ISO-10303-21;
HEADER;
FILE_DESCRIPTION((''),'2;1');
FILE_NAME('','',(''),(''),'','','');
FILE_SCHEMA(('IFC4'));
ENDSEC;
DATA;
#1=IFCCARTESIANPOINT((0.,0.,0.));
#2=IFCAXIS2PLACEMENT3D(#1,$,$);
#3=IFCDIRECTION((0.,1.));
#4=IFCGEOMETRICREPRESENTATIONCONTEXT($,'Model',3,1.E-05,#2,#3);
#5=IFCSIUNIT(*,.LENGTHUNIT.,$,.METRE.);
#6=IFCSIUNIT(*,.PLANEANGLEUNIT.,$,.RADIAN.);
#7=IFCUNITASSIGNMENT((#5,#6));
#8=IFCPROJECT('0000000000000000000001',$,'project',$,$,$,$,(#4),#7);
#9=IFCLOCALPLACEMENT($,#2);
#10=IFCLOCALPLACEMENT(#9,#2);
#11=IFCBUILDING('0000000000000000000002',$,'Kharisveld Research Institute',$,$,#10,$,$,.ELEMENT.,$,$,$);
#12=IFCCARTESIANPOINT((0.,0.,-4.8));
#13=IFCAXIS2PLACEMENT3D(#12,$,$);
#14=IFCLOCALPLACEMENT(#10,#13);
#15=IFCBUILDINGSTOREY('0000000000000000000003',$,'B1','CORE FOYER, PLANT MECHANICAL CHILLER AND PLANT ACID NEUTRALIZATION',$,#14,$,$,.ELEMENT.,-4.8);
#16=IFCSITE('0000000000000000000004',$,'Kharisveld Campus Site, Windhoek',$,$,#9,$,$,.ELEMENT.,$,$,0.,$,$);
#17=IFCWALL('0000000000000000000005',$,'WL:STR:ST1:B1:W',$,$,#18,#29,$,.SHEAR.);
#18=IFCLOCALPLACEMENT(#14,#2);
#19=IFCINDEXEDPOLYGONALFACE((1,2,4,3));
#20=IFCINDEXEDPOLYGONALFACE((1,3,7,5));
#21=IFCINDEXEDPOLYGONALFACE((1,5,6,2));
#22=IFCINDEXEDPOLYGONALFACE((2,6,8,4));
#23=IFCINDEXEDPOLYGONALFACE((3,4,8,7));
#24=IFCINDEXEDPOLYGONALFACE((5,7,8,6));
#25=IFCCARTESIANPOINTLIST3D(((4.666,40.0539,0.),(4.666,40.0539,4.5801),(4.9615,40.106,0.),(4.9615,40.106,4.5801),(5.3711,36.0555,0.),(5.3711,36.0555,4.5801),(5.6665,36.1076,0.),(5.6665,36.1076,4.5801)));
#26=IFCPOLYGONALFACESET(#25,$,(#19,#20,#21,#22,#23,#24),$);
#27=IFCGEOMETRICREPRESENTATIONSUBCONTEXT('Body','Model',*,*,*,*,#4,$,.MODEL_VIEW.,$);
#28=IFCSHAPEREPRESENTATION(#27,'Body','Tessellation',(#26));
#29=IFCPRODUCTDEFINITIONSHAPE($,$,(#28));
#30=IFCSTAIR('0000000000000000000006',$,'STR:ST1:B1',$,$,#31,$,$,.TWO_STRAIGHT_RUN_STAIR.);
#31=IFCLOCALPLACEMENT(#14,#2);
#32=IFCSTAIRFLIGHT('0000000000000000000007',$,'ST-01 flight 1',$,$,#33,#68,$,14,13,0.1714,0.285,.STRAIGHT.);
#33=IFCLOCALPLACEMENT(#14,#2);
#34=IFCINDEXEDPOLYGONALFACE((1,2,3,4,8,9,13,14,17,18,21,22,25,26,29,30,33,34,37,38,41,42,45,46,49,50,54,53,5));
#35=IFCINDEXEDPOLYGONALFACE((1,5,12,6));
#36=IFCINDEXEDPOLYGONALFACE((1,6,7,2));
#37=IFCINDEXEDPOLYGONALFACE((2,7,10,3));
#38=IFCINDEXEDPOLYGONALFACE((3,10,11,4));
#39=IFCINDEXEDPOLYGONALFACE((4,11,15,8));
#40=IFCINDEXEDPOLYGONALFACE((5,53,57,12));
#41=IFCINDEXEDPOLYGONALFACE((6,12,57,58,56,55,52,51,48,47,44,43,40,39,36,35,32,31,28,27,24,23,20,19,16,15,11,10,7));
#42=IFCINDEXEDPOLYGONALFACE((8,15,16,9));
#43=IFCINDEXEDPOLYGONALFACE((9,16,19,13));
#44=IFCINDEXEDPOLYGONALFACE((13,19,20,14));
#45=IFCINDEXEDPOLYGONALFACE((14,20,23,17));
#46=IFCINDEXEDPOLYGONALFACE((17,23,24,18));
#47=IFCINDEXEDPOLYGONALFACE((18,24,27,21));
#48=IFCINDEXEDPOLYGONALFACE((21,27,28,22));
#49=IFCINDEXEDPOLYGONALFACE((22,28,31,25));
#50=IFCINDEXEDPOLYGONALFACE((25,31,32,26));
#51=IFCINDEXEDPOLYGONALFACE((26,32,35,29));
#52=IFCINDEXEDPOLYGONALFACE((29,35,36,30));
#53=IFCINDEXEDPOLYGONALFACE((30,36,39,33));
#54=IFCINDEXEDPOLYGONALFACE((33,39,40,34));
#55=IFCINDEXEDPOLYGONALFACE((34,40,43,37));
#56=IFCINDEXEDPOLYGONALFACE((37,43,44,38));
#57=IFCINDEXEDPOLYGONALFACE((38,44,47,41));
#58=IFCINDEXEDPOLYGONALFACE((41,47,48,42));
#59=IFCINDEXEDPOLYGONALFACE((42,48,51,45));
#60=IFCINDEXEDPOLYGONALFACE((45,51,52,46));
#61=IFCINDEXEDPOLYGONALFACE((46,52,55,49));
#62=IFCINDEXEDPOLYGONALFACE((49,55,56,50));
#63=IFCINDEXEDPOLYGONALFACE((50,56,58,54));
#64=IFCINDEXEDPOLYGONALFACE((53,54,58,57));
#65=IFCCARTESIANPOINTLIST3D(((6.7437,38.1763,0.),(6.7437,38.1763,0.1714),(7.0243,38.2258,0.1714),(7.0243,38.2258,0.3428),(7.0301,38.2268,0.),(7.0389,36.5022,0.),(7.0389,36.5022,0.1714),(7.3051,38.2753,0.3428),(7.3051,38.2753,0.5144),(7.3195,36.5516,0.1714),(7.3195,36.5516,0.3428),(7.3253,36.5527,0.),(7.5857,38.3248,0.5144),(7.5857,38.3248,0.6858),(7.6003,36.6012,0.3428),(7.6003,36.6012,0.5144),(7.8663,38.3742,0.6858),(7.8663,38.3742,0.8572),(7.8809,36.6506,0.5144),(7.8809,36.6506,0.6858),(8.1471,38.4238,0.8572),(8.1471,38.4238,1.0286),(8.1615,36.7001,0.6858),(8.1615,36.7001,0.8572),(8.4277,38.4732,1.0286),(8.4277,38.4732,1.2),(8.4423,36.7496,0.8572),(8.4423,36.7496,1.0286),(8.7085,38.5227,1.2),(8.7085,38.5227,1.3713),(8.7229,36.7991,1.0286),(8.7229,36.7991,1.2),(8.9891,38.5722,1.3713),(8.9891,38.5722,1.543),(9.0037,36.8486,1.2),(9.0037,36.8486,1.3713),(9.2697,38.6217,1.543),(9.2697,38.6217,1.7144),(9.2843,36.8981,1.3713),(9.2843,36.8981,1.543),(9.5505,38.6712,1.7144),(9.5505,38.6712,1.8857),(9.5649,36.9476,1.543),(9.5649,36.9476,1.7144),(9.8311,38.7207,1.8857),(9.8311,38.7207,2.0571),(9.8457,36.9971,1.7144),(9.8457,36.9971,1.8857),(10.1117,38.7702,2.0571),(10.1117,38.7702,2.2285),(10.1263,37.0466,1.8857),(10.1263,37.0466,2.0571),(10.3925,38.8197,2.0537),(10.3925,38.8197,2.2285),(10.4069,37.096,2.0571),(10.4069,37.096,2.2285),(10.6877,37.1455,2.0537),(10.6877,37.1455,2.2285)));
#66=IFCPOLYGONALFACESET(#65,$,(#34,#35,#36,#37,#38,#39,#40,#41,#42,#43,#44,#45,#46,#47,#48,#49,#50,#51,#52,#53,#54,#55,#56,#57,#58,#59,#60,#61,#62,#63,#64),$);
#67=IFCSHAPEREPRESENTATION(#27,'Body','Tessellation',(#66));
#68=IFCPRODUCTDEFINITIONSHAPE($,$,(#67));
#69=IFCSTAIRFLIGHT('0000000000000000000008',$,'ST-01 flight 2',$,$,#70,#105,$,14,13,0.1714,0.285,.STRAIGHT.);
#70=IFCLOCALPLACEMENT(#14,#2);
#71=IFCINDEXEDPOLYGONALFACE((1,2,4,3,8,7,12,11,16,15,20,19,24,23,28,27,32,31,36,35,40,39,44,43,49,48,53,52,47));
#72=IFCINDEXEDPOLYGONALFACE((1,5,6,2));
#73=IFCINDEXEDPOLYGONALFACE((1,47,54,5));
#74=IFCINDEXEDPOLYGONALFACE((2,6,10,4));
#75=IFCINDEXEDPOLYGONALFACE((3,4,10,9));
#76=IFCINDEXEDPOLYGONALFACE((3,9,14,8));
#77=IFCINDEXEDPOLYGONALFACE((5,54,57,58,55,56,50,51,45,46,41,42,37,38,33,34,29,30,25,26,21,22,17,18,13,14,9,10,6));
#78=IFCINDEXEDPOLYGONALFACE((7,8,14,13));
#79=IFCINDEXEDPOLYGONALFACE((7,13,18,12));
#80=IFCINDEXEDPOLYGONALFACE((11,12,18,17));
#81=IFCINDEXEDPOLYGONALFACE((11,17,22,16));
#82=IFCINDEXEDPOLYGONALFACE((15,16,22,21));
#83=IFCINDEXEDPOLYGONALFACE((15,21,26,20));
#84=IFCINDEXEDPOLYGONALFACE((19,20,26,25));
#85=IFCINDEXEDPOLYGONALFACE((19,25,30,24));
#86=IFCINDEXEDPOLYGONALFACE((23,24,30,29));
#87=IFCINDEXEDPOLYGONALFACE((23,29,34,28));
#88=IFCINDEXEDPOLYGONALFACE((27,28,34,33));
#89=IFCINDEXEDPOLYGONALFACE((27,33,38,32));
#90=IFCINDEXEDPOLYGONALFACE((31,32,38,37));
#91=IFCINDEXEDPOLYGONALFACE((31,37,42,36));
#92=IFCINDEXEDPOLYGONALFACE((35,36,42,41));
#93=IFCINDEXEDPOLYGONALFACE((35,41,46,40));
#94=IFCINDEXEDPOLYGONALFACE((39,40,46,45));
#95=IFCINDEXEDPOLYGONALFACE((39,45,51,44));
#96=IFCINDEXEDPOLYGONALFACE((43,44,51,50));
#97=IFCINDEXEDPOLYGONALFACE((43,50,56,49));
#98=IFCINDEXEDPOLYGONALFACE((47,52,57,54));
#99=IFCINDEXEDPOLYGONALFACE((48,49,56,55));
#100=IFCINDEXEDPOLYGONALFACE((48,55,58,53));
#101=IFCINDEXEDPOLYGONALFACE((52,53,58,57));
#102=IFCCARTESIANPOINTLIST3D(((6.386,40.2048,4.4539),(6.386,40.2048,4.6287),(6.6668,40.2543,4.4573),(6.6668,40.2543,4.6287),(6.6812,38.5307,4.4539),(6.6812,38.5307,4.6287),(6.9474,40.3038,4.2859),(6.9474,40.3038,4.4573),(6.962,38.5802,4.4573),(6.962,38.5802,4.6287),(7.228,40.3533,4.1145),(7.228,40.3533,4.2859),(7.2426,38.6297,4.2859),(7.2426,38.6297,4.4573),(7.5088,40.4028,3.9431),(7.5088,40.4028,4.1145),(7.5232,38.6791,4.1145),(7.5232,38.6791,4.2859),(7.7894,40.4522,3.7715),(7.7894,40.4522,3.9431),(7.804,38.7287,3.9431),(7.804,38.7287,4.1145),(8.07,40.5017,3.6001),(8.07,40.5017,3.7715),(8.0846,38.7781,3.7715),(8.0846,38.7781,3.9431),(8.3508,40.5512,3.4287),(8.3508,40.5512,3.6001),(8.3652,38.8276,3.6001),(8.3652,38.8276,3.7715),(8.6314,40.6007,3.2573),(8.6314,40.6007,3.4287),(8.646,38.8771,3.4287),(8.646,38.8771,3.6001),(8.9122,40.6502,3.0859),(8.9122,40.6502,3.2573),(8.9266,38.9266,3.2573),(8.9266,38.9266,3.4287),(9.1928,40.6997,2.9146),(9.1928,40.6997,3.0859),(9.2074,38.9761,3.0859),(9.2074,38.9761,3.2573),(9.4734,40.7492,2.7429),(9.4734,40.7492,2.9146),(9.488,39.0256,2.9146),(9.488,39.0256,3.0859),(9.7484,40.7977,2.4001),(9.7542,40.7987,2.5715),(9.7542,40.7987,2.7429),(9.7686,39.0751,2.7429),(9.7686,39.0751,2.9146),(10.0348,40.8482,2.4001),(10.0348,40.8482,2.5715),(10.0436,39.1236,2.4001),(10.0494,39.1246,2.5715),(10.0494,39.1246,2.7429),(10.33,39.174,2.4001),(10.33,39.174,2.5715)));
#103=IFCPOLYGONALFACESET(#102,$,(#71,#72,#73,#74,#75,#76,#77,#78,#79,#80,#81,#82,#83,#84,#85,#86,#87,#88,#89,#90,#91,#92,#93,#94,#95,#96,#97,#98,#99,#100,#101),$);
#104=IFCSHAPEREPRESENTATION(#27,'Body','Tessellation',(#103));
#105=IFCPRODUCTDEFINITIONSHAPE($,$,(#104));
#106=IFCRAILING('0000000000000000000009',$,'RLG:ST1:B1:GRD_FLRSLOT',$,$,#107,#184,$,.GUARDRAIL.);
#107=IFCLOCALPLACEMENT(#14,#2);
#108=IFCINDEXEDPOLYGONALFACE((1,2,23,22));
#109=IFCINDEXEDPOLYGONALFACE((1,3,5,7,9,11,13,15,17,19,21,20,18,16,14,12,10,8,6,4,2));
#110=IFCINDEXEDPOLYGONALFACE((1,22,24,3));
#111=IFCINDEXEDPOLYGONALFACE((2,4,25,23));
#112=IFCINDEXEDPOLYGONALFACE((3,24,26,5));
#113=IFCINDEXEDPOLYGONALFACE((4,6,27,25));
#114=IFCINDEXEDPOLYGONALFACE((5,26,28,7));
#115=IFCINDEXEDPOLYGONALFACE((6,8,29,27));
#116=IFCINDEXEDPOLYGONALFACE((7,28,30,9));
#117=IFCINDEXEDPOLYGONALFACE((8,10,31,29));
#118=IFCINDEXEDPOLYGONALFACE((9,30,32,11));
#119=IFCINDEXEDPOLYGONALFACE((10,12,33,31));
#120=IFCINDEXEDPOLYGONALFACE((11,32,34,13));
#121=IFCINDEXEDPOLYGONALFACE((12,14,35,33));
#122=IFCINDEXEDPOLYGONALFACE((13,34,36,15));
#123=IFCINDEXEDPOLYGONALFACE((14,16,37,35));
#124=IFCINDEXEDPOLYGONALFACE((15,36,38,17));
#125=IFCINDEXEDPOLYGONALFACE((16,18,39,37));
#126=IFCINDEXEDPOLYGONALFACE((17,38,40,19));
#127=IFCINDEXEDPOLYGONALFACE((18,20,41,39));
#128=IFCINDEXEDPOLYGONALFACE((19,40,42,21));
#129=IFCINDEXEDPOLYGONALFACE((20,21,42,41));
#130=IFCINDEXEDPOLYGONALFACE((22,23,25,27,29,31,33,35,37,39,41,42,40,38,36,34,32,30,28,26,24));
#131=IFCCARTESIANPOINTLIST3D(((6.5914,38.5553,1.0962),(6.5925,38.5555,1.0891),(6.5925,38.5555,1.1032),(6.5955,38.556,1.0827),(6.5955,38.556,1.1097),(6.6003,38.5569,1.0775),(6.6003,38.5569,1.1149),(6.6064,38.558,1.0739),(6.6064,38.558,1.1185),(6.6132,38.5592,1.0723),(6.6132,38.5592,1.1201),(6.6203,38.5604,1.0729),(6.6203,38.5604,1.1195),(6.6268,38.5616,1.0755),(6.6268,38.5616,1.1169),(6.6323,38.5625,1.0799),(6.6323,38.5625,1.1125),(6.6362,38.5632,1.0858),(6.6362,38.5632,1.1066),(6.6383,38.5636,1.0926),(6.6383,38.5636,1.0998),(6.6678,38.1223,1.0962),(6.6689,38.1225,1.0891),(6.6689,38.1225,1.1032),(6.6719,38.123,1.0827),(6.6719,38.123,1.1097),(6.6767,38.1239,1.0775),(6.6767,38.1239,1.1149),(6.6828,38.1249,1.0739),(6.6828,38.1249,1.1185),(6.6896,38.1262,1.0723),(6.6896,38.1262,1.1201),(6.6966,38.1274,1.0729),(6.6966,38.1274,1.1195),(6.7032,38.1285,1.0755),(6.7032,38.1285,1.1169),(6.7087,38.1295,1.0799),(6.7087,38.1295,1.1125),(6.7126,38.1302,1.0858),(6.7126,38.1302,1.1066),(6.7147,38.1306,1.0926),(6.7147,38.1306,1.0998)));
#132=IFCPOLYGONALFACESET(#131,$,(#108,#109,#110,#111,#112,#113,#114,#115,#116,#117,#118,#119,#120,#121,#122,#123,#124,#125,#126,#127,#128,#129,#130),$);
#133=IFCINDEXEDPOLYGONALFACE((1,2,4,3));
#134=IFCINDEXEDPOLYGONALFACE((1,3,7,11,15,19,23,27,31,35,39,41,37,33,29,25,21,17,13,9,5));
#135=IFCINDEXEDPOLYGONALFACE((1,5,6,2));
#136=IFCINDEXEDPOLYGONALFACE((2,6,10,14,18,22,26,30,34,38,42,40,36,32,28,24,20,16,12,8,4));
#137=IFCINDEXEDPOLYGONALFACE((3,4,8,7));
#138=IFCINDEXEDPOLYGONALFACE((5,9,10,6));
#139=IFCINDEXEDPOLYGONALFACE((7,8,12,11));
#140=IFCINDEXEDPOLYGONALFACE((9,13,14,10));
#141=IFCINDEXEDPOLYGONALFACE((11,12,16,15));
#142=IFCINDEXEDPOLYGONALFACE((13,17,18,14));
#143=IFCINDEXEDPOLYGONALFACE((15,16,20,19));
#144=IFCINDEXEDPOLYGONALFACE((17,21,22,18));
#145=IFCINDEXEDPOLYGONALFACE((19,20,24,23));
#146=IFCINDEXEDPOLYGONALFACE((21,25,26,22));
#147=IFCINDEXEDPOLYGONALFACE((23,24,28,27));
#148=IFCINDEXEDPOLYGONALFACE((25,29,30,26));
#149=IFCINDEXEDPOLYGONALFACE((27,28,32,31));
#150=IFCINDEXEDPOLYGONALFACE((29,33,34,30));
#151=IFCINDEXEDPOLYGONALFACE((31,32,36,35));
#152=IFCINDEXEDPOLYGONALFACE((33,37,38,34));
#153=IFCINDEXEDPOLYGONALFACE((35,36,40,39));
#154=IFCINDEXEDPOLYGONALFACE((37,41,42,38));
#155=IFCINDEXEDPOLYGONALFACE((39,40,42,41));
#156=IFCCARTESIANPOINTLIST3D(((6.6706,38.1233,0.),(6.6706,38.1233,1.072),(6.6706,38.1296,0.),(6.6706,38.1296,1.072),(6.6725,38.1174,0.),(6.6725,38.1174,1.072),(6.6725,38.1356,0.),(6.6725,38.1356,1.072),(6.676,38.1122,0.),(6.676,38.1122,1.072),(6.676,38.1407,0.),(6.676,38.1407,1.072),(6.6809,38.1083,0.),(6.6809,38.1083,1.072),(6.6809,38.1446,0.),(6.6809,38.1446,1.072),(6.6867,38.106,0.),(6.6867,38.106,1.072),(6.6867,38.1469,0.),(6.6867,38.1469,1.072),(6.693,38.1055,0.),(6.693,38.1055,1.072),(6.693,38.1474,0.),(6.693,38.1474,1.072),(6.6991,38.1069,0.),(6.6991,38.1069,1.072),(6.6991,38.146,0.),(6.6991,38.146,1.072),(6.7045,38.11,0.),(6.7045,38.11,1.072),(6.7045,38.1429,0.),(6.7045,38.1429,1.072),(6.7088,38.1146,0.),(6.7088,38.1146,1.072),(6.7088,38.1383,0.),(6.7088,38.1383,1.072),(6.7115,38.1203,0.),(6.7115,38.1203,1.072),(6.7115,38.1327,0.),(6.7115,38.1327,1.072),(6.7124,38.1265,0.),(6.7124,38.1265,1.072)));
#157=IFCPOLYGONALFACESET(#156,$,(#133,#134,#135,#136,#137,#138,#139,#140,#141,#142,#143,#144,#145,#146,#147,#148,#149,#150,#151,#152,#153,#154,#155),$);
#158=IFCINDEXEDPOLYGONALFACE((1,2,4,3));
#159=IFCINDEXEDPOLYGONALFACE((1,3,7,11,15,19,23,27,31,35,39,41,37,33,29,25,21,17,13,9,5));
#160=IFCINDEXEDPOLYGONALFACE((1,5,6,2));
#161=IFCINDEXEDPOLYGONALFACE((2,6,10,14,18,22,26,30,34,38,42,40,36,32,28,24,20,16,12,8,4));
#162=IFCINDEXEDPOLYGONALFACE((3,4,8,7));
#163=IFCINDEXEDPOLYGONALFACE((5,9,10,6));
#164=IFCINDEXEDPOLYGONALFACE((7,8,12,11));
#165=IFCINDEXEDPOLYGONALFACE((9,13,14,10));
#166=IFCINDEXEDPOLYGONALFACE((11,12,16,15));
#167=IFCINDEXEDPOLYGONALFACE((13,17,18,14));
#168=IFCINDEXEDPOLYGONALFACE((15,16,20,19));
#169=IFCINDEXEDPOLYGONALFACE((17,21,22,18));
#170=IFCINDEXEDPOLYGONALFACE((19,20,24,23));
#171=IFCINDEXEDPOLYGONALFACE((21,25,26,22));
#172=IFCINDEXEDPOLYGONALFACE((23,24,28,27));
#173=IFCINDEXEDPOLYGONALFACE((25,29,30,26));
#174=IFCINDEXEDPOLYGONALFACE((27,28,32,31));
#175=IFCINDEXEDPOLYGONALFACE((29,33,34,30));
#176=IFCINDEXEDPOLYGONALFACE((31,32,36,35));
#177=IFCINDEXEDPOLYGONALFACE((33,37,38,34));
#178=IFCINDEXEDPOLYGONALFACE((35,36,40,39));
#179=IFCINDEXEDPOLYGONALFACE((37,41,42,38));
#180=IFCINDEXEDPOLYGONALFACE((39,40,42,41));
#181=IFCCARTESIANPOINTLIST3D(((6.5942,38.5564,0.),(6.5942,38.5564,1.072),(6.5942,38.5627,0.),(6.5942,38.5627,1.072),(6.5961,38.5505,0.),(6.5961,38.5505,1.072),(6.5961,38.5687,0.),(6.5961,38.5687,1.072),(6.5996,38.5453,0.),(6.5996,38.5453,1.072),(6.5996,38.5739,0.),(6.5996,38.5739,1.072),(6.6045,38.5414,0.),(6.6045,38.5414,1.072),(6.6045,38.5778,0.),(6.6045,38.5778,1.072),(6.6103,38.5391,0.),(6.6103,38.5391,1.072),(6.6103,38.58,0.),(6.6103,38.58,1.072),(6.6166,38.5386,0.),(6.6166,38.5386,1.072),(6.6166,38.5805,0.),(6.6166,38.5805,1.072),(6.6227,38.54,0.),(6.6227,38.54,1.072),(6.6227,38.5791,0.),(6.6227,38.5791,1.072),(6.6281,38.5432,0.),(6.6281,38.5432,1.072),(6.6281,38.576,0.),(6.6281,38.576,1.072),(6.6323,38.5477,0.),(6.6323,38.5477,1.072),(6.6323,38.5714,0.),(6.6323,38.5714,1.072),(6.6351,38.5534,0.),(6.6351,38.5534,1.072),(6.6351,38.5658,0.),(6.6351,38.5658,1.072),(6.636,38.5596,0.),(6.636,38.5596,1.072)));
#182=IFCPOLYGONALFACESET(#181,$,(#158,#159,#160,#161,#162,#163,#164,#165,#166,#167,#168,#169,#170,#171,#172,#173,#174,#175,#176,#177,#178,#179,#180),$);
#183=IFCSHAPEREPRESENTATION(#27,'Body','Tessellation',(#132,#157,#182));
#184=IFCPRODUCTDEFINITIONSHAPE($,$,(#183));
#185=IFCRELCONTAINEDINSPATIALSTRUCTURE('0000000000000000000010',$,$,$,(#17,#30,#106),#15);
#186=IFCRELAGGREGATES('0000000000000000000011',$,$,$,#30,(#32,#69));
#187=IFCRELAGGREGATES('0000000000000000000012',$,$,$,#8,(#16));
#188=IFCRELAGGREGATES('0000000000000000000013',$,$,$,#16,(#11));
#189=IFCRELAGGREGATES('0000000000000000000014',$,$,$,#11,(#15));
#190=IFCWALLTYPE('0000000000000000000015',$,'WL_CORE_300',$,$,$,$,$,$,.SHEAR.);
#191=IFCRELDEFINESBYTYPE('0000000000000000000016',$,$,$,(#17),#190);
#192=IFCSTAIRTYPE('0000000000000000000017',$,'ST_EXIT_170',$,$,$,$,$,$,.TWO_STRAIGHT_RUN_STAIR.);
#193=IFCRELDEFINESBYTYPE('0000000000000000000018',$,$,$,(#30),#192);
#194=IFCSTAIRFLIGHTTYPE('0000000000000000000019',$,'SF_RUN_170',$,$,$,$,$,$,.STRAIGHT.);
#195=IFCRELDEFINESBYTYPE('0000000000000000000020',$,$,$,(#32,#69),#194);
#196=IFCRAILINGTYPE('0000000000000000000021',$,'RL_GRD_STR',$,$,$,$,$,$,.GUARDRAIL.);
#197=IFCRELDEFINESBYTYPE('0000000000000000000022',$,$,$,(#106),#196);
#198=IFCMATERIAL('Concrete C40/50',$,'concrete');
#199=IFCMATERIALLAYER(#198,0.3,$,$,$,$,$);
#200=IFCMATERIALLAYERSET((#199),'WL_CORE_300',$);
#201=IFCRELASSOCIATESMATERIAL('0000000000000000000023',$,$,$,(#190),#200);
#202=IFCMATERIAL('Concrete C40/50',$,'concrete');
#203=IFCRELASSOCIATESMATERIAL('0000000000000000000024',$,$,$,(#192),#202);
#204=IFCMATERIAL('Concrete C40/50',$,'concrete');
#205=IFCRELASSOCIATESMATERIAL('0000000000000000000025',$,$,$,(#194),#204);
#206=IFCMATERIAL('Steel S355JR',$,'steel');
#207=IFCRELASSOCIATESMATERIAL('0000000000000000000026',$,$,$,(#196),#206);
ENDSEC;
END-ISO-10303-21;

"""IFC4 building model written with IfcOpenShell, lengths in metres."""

from ifc_helpers import new_model, si_unit, direction, frame, frame_2d, origin, origin_2d, place, context, subcontext, project, spatial, polyline, rectangle, circle, outline, extrude, material, layer, layer_set, type_object, element, aggregate, save


model = new_model("IFC4")

# Units and contexts
model_context = context("Model", 3, precision=1e-05, world=origin(), true_north=direction((0.0, 1.0)))
body_context = subcontext(model_context, "Body", "Model", "MODEL_VIEW")
ifc_project = project(units=[si_unit("LENGTHUNIT", "METRE"), si_unit("PLANEANGLEUNIT", "RADIAN")], contexts=[model_context])

# Site, building, storey
site_placement = place(None, origin())
site = spatial("IfcSite", under=ifc_project, at=site_placement, Name="Kharisveld Campus Site, Windhoek", CompositionType="ELEMENT", RefElevation=0.0)
building_placement = place(site_placement, origin())
building = spatial("IfcBuilding", under=site, at=building_placement, Name="Kharisveld Research Institute", CompositionType="ELEMENT")
storey_placement = place(building_placement, frame((0.0, 0.0, -4.8)))
storey = spatial("IfcBuildingStorey", under=building, at=storey_placement, Name="B1", Description="CORE FOYER, PLANT MECHANICAL CHILLER AND PLANT ACID NEUTRALIZATION", CompositionType="ELEMENT", Elevation=-4.8)

# Wall
ifc_material_1 = material(Name="Concrete C40/50", Category="concrete")
ifc_layer = layer(ifc_material_1, 0.3)
ifc_layer_set = layer_set([ifc_layer], Name="WL_CORE_300")
wall_type = type_object("IfcWallType", Name="WL_CORE_300", PredefinedType="SHEAR", material=ifc_layer_set)
wall_1_placement = place(storey_placement, frame((5.5188, 36.0815, 0.0), z_axis=(0.0, 0.0, 1.0), x_axis=(-0.173665, 0.984805, 0.0)))
element("IfcWall", 1, at=wall_1_placement, inside=storey, type_object=wall_type, Name="WL:STR:ST1:B1:W", PredefinedType="SHEAR", context=body_context, shape_type="SweptSolid", body=[
    extrude(rectangle(XDim=4.0601, YDim=0.3, at=frame_2d((2.03, 0.0))), origin(), (0.0, 0.0, 1.0), 4.5801),
])

# Stair, stair flights
ifc_material_2 = material(Name="Concrete C40/50", Category="concrete")
stair_type = type_object("IfcStairType", Name="ST_EXIT_170", PredefinedType="TWO_STRAIGHT_RUN_STAIR", material=ifc_material_2)
stair_placement = place(storey_placement, origin())
stair = element("IfcStair", 2, at=stair_placement, inside=storey, type_object=stair_type, Name="STR:ST1:B1", PredefinedType="TWO_STRAIGHT_RUN_STAIR")
ifc_material_3 = material(Name="Concrete C40/50", Category="concrete")
stair_flight_type = type_object("IfcStairFlightType", Name="SF_RUN_170", PredefinedType="STRAIGHT", material=ifc_material_3)
stair_flight_1_placement = place(storey_placement, frame((6.8914, 37.3391, 0.0), z_axis=(0.0, 0.0, 1.0), x_axis=(0.984808, 0.173648, 0.0)))
stair_flight_1 = element("IfcStairFlight", 3, at=stair_flight_1_placement, type_object=stair_flight_type, Name="ST-01 flight 1", NumberOfRisers=14, NumberOfTreads=13, PredefinedType="STRAIGHT", RiserHeight=0.1714, TreadLength=0.285, context=body_context, shape_type="SweptSolid", body=[
    extrude(outline(polyline([(0.0, 0.0), (0.0, 0.1714), (0.2849, 0.1714), (0.2849, 0.3428), (0.5701, 0.3428), (0.5701, 0.5144), (0.855, 0.5144), (0.855, 0.6858), (1.1399, 0.6858), (1.1399, 0.8572), (1.425, 0.8572), (1.425, 1.0286), (1.71, 1.0286), (1.71, 1.2), (1.9951, 1.2), (1.9951, 1.3713), (2.28, 1.3713), (2.28, 1.543), (2.5649, 1.543), (2.5649, 1.7144), (2.8501, 1.7144), (2.8501, 1.8857), (3.135, 1.8857), (3.135, 2.0571), (3.4199, 2.0571), (3.4199, 2.2285), (3.7051, 2.2285), (3.7051, 2.3999), (3.7051, 2.0537), (0.2908, 0.0), (0.0, 0.0)])), frame((0.0, 0.8501, 0.0), z_axis=(0.0, -1.0, 0.0), x_axis=(1.0, 0.0, 0.0)), (0.0, 0.0, 1.0), 1.7),
])
stair_flight_2_placement = place(storey_placement, frame((10.1824, 40.0112, 2.4001), z_axis=(0.0, 0.0, 1.0), x_axis=(-0.984808, -0.173648, 0.0)))
stair_flight_2 = element("IfcStairFlight", 4, at=stair_flight_2_placement, type_object=stair_flight_type, Name="ST-01 flight 2", NumberOfRisers=14, NumberOfTreads=13, PredefinedType="STRAIGHT", RiserHeight=0.1714, TreadLength=0.285, context=body_context, shape_type="SweptSolid", body=[
    extrude(outline(polyline([(0.0, 0.0), (0.0, 0.1714), (0.2849, 0.1714), (0.2849, 0.3428), (0.5701, 0.3428), (0.5701, 0.5144), (0.855, 0.5144), (0.855, 0.6858), (1.1399, 0.6858), (1.1399, 0.8572), (1.425, 0.8572), (1.425, 1.0286), (1.71, 1.0286), (1.71, 1.2), (1.9951, 1.2), (1.9951, 1.3713), (2.28, 1.3713), (2.28, 1.543), (2.5649, 1.543), (2.5649, 1.7144), (2.8501, 1.7144), (2.8501, 1.8857), (3.135, 1.8857), (3.135, 2.0571), (3.4199, 2.0571), (3.4199, 2.2285), (3.7051, 2.2285), (3.7051, 2.3999), (3.7051, 2.0537), (0.2908, 0.0), (0.0, 0.0)])), frame((0.0, 0.8501, 0.0), z_axis=(0.0, -1.0, 0.0), x_axis=(1.0, 0.0, 0.0)), (0.0, 0.0, 1.0), 1.7),
])
aggregate(stair, [stair_flight_1, stair_flight_2])

# Railing
ifc_material_4 = material(Name="Steel S355JR", Category="steel")
railing_type_1 = type_object("IfcRailingType", Name="RL_GRD_STR", PredefinedType="GUARDRAIL", material=ifc_material_4)
railing_1_placement = place(storey_placement, frame((6.6914, 38.1265, 0.0)))
element("IfcRailing", 5, at=railing_1_placement, inside=storey, type_object=railing_type_1, Name="RLG:ST1:B1:GRD_FLRSLOT", PredefinedType="GUARDRAIL", context=body_context, shape_type="SweptSolid", body=[
    extrude(circle(Radius=0.0239, at=origin_2d()), frame((0.0, 0.0, 1.0962), z_axis=(-0.173754, 0.984789, 0.0), x_axis=(-0.984789, -0.173754, 0.0)), (0.0, 0.0, 1.0), 0.4397),
    extrude(circle(Radius=0.021, at=origin_2d()), origin(), (0.0, 0.0, 1.0), 1.072),
    extrude(circle(Radius=0.021, at=origin_2d()), frame((-0.0764, 0.4331, 0.0)), (0.0, 0.0, 1.0), 1.072),
])

save(model, "model.ifc")
